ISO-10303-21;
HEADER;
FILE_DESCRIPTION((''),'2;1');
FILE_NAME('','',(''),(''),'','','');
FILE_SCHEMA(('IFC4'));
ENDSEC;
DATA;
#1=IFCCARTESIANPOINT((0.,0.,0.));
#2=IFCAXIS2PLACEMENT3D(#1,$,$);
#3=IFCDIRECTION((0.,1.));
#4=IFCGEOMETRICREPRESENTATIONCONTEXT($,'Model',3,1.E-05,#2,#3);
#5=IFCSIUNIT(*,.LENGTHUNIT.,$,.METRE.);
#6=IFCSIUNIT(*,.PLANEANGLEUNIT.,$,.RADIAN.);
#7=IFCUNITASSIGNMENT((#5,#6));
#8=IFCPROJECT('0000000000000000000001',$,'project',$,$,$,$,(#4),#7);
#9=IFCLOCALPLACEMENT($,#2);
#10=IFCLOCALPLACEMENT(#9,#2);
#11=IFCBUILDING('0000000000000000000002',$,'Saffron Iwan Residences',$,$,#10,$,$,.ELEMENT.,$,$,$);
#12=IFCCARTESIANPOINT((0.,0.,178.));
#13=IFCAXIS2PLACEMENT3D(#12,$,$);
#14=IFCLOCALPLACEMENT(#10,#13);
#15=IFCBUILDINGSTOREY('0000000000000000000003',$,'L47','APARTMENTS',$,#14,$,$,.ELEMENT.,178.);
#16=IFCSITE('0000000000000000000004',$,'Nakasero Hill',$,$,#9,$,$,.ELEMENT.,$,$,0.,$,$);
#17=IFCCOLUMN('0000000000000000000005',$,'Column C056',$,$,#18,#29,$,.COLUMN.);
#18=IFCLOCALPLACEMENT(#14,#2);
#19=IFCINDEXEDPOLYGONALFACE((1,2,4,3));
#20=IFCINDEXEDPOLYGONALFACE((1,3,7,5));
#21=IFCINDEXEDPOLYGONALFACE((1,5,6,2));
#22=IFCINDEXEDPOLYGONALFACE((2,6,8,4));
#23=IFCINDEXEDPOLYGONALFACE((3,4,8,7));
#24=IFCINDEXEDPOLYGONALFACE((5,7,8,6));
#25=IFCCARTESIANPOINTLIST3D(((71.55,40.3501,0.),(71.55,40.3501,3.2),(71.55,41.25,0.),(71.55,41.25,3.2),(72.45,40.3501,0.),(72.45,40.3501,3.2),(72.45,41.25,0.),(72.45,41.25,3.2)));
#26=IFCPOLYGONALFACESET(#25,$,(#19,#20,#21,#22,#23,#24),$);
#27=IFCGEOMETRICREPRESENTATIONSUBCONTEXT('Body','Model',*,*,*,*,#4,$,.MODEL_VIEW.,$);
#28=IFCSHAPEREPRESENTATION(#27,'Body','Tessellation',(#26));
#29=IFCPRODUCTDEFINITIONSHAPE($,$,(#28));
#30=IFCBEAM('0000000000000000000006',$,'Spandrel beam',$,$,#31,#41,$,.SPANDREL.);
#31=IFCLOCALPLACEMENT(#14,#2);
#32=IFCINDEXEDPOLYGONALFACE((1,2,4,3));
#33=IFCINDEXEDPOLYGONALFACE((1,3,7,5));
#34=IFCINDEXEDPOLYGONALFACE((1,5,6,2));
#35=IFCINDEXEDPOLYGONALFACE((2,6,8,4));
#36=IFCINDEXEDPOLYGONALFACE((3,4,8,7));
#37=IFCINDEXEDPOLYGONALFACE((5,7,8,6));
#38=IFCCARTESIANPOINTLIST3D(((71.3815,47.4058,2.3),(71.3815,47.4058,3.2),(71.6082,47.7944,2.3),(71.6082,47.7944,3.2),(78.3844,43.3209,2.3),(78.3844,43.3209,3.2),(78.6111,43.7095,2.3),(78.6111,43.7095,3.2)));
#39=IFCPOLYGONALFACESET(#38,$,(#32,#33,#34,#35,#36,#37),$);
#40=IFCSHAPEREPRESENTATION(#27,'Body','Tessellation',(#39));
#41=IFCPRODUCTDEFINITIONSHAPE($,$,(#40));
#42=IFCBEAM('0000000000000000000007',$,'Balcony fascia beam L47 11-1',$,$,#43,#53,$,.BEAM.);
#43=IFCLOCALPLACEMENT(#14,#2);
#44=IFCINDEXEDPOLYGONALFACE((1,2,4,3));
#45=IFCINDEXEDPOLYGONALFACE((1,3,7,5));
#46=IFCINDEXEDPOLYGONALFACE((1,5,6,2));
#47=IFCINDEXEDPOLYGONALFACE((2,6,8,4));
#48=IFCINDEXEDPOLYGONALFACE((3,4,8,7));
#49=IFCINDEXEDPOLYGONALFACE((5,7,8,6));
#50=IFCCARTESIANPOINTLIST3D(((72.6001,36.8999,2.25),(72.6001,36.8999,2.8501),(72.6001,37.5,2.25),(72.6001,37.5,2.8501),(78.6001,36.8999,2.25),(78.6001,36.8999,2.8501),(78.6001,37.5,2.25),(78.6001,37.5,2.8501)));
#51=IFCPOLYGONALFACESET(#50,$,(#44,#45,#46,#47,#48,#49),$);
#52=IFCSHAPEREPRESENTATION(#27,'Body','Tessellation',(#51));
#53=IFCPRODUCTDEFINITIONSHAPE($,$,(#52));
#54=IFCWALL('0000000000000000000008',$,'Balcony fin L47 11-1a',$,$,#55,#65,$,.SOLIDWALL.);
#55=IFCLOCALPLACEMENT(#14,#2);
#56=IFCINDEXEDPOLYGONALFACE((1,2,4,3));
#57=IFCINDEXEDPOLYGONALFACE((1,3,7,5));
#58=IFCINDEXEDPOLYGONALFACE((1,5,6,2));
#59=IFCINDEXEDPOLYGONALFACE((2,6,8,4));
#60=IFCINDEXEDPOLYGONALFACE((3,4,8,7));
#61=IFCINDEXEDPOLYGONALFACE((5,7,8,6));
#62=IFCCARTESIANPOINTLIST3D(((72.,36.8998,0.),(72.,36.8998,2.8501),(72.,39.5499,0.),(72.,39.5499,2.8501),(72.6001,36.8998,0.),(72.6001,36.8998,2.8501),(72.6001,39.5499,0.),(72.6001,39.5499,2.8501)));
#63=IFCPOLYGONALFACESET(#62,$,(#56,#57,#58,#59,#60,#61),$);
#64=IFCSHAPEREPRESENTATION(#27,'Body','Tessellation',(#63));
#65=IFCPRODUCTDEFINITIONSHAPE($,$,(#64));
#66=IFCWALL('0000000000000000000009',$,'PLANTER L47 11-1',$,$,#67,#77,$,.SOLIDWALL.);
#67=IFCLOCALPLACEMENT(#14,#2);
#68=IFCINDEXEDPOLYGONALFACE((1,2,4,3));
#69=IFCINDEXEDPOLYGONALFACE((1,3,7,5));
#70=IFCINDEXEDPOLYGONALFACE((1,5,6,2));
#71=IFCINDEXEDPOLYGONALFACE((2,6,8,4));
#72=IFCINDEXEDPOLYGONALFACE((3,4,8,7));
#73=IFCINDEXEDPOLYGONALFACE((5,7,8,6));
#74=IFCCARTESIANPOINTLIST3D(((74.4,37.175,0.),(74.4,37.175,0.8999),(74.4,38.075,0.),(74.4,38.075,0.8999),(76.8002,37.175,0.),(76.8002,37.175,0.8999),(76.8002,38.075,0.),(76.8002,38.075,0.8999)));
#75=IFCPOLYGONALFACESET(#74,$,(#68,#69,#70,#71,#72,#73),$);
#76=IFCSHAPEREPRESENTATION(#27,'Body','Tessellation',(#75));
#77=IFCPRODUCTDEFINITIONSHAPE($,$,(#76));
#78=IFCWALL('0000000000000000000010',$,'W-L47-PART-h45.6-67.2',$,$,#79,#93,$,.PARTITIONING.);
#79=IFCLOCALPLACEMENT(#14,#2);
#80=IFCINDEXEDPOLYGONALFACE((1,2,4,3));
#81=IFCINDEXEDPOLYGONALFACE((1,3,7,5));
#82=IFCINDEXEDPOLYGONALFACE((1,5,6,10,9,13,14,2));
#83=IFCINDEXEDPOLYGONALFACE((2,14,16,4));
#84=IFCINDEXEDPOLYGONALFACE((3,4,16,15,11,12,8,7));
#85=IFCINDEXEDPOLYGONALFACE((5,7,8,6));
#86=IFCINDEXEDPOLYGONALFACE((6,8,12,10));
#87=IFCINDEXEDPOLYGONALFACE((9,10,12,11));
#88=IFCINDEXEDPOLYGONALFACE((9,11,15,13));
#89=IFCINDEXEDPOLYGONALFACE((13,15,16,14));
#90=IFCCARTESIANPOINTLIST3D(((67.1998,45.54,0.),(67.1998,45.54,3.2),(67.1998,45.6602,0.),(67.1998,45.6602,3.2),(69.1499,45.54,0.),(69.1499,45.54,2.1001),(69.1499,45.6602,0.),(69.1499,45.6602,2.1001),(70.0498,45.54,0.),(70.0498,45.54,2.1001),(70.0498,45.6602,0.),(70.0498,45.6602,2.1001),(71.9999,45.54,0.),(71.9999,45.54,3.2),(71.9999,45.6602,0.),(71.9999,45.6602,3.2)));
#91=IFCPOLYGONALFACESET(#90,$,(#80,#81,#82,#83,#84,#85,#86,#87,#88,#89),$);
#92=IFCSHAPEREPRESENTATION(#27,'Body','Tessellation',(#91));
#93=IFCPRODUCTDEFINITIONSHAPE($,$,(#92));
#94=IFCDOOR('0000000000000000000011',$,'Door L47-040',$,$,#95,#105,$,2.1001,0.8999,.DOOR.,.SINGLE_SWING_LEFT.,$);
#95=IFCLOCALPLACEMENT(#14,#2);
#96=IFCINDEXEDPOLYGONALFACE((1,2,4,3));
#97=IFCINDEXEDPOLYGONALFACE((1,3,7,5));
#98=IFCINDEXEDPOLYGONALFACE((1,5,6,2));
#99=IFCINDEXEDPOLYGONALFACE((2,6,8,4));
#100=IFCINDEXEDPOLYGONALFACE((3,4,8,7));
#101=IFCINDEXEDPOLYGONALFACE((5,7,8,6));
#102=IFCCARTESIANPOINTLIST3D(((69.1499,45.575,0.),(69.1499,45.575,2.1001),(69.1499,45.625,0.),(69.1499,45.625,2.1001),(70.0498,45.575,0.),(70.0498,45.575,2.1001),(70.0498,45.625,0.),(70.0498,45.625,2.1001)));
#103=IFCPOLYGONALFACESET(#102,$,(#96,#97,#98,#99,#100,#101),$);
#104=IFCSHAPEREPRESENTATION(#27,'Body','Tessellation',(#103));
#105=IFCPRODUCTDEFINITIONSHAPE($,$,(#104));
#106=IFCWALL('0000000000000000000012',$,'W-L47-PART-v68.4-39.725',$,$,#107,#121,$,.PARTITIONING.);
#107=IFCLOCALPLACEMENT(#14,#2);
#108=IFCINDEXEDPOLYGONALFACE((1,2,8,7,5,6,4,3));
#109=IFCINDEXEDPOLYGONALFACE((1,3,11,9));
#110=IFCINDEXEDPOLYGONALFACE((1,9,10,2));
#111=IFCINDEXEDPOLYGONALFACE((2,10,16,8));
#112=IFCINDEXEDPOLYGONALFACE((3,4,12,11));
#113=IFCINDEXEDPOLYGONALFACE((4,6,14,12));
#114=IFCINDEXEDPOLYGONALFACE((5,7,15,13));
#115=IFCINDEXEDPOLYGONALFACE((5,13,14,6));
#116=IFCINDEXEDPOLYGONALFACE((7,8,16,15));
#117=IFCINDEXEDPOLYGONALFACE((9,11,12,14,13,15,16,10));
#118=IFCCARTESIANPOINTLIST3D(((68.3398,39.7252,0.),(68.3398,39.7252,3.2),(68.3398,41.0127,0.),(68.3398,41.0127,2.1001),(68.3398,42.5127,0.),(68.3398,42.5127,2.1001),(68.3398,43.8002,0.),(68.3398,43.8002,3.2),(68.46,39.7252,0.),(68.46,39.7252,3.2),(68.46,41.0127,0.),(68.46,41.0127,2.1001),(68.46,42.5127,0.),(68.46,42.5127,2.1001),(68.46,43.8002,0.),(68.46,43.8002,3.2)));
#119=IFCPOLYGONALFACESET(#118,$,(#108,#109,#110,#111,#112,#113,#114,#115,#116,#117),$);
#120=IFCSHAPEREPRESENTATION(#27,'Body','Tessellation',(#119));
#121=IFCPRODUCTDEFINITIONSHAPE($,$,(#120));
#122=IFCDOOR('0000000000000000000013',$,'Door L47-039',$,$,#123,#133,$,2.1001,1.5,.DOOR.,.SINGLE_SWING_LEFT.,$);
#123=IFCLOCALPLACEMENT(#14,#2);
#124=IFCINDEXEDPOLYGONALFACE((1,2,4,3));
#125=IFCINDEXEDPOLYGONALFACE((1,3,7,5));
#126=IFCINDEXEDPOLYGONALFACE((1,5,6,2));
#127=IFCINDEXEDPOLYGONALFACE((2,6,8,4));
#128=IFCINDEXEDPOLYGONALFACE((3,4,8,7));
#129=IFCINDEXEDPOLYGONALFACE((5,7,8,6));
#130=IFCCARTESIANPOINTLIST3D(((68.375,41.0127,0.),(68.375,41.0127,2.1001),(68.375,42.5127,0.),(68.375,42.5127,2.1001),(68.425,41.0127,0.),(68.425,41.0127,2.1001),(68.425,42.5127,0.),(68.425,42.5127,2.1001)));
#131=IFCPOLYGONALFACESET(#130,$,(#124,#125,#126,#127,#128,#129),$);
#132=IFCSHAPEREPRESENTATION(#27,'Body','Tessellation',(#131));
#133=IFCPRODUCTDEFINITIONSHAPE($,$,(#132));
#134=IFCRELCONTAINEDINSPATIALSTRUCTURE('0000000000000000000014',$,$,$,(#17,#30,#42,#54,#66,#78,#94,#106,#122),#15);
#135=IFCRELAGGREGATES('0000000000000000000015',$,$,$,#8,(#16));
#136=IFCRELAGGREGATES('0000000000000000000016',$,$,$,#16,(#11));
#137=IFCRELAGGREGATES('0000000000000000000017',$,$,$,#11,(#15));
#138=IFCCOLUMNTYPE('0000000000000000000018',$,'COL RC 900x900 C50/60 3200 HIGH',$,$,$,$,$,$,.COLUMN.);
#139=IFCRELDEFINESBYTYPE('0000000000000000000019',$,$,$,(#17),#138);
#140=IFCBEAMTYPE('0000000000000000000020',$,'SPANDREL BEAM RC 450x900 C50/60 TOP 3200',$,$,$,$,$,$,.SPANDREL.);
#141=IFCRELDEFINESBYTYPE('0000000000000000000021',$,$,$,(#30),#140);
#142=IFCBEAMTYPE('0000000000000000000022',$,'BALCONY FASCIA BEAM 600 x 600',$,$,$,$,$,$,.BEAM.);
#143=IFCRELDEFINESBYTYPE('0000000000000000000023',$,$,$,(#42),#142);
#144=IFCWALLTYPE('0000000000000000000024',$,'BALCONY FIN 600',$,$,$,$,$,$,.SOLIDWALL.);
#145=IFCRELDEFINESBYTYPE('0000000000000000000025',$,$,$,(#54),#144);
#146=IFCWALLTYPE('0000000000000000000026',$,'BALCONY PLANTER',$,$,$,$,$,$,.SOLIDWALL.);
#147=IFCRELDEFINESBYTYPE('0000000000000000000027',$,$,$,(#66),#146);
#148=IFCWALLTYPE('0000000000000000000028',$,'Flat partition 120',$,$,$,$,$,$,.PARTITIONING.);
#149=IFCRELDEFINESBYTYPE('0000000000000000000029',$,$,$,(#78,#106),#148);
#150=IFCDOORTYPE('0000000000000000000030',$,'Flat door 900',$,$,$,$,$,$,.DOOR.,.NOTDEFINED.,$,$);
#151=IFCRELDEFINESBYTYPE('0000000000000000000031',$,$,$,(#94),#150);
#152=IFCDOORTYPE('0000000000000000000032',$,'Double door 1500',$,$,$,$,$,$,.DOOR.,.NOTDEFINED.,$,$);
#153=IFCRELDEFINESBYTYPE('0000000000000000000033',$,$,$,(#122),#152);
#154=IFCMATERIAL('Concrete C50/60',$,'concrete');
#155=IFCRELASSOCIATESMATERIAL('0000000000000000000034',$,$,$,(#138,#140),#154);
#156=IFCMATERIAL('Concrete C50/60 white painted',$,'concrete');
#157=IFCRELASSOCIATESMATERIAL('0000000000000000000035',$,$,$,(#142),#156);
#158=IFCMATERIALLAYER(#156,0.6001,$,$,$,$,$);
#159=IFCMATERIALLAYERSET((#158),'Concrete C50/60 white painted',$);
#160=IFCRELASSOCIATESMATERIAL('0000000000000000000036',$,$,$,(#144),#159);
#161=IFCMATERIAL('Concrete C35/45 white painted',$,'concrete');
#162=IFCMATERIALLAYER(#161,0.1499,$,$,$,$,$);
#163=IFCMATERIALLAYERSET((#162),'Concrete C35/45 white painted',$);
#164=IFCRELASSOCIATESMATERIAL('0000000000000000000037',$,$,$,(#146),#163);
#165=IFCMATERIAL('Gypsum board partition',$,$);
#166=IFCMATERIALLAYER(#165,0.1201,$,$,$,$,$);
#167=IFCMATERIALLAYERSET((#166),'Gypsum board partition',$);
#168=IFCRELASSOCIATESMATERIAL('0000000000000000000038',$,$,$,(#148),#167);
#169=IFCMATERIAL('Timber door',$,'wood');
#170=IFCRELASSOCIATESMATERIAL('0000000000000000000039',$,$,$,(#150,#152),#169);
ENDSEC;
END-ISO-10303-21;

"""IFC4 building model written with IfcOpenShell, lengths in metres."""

from ifc_helpers import new_model, si_unit, direction, frame, frame_2d, origin, origin_2d, place, context, subcontext, project, spatial, rectangle, extrude, source, transform, mapped, material, layer, layer_set, material_profile, profile_set, type_object, element, fill, save


model = new_model("IFC4")

# Units and contexts
model_context = context("Model", 3, precision=1e-05, world=origin(), true_north=direction((0.0, 1.0)))
body_context = subcontext(model_context, "Body", "Model", "MODEL_VIEW")
ifc_project = project(units=[si_unit("LENGTHUNIT", "METRE"), si_unit("PLANEANGLEUNIT", "RADIAN")], contexts=[model_context])

# Site, building, storey
site_placement = place(None, origin())
site = spatial("IfcSite", under=ifc_project, at=site_placement, Name="Nakasero Hill", CompositionType="ELEMENT", RefElevation=0.0)
building_placement = place(site_placement, origin())
building = spatial("IfcBuilding", under=site, at=building_placement, Name="Saffron Iwan Residences", CompositionType="ELEMENT")
storey_placement = place(building_placement, frame((0.0, 0.0, 178.0)))
storey = spatial("IfcBuildingStorey", under=building, at=storey_placement, Name="L47", Description="APARTMENTS", CompositionType="ELEMENT", Elevation=178.0)

# Column
ifc_material_1 = material(Name="Concrete C50/60", Category="concrete")
ifc_material_profile_1 = material_profile(ifc_material_1, rectangle(XDim=0.8999, YDim=0.8999, at=origin_2d()), Name="RC 900x900")
ifc_profile_set_1 = profile_set([ifc_material_profile_1], Name="Concrete C50/60")
column_type = type_object("IfcColumnType", Name="COL RC 900x900 C50/60 3200 HIGH", PredefinedType="COLUMN", material=ifc_profile_set_1)
shared_shape_1 = source(origin(), body_context, "Body", "SweptSolid", [
    extrude(rectangle(XDim=0.8999, YDim=0.8999, at=origin_2d()), origin(), (0.0, 0.0, 1.0), 3.2),
])
column_placement = place(storey_placement, frame((72.0, 40.8, 0.0), z_axis=(0.0, 0.0, 1.0), x_axis=(1.0, 0.0, 0.0)))
element("IfcColumn", 1, at=column_placement, inside=storey, type_object=column_type, Name="Column C056", PredefinedType="COLUMN", context=body_context, shape_type="MappedRepresentation", body=[
    mapped(shared_shape_1, transform((0.0, 0.0, 0.0))),
])

# Beams
ifc_material_profile_2 = material_profile(ifc_material_1, rectangle(XDim=0.45, YDim=0.8999, at=origin_2d()), Name="RC 450x900")
ifc_profile_set_2 = profile_set([ifc_material_profile_2], Name="Concrete C50/60")
beam_type_1 = type_object("IfcBeamType", Name="SPANDREL BEAM RC 450x900 C50/60 TOP 3200", PredefinedType="SPANDREL", material=ifc_profile_set_2)
shared_shape_2 = source(origin(), body_context, "Body", "SweptSolid", [
    extrude(rectangle(XDim=0.45, YDim=0.8999, at=origin_2d()), origin(), (0.0, 0.0, 1.0), 8.1072),
])
beam_1_placement = place(storey_placement, frame((71.4949, 47.6001, 2.75), z_axis=(0.863783, -0.503864, 0.0), x_axis=(0.503864, 0.863783, 0.0)))
element("IfcBeam", 2, at=beam_1_placement, inside=storey, type_object=beam_type_1, Name="Spandrel beam", PredefinedType="SPANDREL", context=body_context, shape_type="MappedRepresentation", body=[
    mapped(shared_shape_2, transform((0.0, 0.0, 0.0))),
])
ifc_material_2 = material(Name="Concrete C50/60 white painted", Category="concrete")
ifc_material_profile_3 = material_profile(ifc_material_2, rectangle(XDim=0.6001, YDim=0.6001, at=origin_2d()), Name="BALCONY FASCIA BEAM 600 x 600")
ifc_profile_set_3 = profile_set([ifc_material_profile_3], Name="Concrete C50/60 white painted")
beam_type_2 = type_object("IfcBeamType", Name="BALCONY FASCIA BEAM 600 x 600", PredefinedType="BEAM", material=ifc_profile_set_3)
shared_shape_3 = source(origin(), body_context, "Body", "SweptSolid", [
    extrude(rectangle(XDim=0.6001, YDim=0.6001, at=origin_2d()), origin(), (0.0, 0.0, 1.0), 6.0),
])
beam_2_placement = place(storey_placement, frame((72.6001, 37.2, 2.55), z_axis=(1.0, 0.0, 0.0), x_axis=(0.0, 1.0, 0.0)))
element("IfcBeam", 3, at=beam_2_placement, inside=storey, type_object=beam_type_2, Name="Balcony fascia beam L47 11-1", PredefinedType="BEAM", context=body_context, shape_type="MappedRepresentation", body=[
    mapped(shared_shape_3, transform((0.0, 0.0, 0.0))),
])

# Walls
ifc_layer_1 = layer(ifc_material_2, 0.6001)
ifc_layer_set_1 = layer_set([ifc_layer_1], Name="Concrete C50/60 white painted")
wall_type_1 = type_object("IfcWallType", Name="BALCONY FIN 600", PredefinedType="SOLIDWALL", material=ifc_layer_set_1)
wall_1_placement = place(storey_placement, frame((72.3, 39.55, 0.0), z_axis=(0.0, 0.0, 1.0), x_axis=(0.0, -1.0, 0.0)))
element("IfcWall", 4, at=wall_1_placement, inside=storey, type_object=wall_type_1, Name="Balcony fin L47 11-1a", PredefinedType="SOLIDWALL", context=body_context, shape_type="SweptSolid", body=[
    extrude(rectangle(XDim=2.6501, YDim=0.6001, at=frame_2d((1.3252, 0.0))), origin(), (0.0, 0.0, 1.0), 2.8501),
])
ifc_material_3 = material(Name="Concrete C35/45 white painted", Category="concrete")
ifc_layer_2 = layer(ifc_material_3, 0.1499)
ifc_layer_set_2 = layer_set([ifc_layer_2], Name="Concrete C35/45 white painted")
wall_type_2 = type_object("IfcWallType", Name="BALCONY PLANTER", PredefinedType="SOLIDWALL", material=ifc_layer_set_2)
wall_2_placement = place(storey_placement, frame((74.3999, 37.625, 0.0), z_axis=(0.0, 0.0, 1.0), x_axis=(1.0, 0.0, 0.0)))
element("IfcWall", 5, at=wall_2_placement, inside=storey, type_object=wall_type_2, Name="PLANTER L47 11-1", PredefinedType="SOLIDWALL", context=body_context, shape_type="SweptSolid", body=[
    extrude(rectangle(XDim=2.4001, YDim=0.8999, at=frame_2d((1.2002, 0.0))), origin(), (0.0, 0.0, 1.0), 0.8999),
])

# Walls, openings, doors
ifc_material_4 = material(Name="Gypsum board partition")
ifc_layer_3 = layer(ifc_material_4, 0.1201)
ifc_layer_set_3 = layer_set([ifc_layer_3], Name="Gypsum board partition")
wall_type_3 = type_object("IfcWallType", Name="Flat partition 120", PredefinedType="PARTITIONING", material=ifc_layer_set_3)
wall_3_placement = place(storey_placement, frame((67.2, 45.6001, 0.0), z_axis=(0.0, 0.0, 1.0), x_axis=(1.0, 0.0, 0.0)))
wall_3 = element("IfcWall", 6, at=wall_3_placement, inside=storey, type_object=wall_type_3, Name="W-L47-PART-h45.6-67.2", PredefinedType="PARTITIONING", context=body_context, shape_type="SweptSolid", body=[
    extrude(rectangle(XDim=4.8, YDim=0.1201, at=frame_2d((2.3999, 0.0))), origin(), (0.0, 0.0, 1.0), 3.2),
])
opening_1_placement = place(wall_3_placement, frame((1.95, 0.0, 0.0)))
opening_1 = element("IfcOpeningElement", 7, at=opening_1_placement, cuts=wall_3, PredefinedType="OPENING", context=body_context, shape_type="SweptSolid", body=[
    extrude(rectangle(XDim=0.8999, YDim=2.1001, at=frame_2d((0.45, 1.05))), frame((0.0, 0.0701, 0.0), z_axis=(0.0, -1.0, 0.0), x_axis=(1.0, 0.0, 0.0)), (0.0, 0.0, 1.0), 0.1401),
])
ifc_material_5 = material(Name="Timber door", Category="wood")
door_type_1 = type_object("IfcDoorType", Name="Flat door 900", OperationType="NOTDEFINED", PredefinedType="DOOR", material=ifc_material_5)
door_1_placement = place(opening_1_placement, origin())
door_1 = element("IfcDoor", 8, at=door_1_placement, inside=storey, type_object=door_type_1, Name="Door L47-040", OperationType="SINGLE_SWING_LEFT", OverallHeight=2.1001, OverallWidth=0.8999, PredefinedType="DOOR", context=body_context, shape_type="SweptSolid", body=[
    extrude(rectangle(XDim=0.8999, YDim=2.1001, at=frame_2d((0.45, 1.05))), frame((0.0, 0.0249, 0.0), z_axis=(0.0, -1.0, 0.0), x_axis=(1.0, 0.0, 0.0)), (0.0, 0.0, 1.0), 0.05),
])
fill(opening_1, door_1)
wall_4_placement = place(storey_placement, frame((68.3999, 39.7251, 0.0), z_axis=(0.0, 0.0, 1.0), x_axis=(0.0, 1.0, 0.0)))
wall_4 = element("IfcWall", 9, at=wall_4_placement, inside=storey, type_object=wall_type_3, Name="W-L47-PART-v68.4-39.725", PredefinedType="PARTITIONING", context=body_context, shape_type="SweptSolid", body=[
    extrude(rectangle(XDim=4.075, YDim=0.1201, at=frame_2d((2.0376, 0.0))), origin(), (0.0, 0.0, 1.0), 3.2),
])
opening_2_placement = place(wall_4_placement, frame((1.2876, 0.0, 0.0)))
opening_2 = element("IfcOpeningElement", 10, at=opening_2_placement, cuts=wall_4, PredefinedType="OPENING", context=body_context, shape_type="SweptSolid", body=[
    extrude(rectangle(XDim=1.5, YDim=2.1001, at=frame_2d((0.75, 1.05))), frame((0.0, 0.0701, 0.0), z_axis=(0.0, -1.0, 0.0), x_axis=(1.0, 0.0, 0.0)), (0.0, 0.0, 1.0), 0.1401),
])
door_type_2 = type_object("IfcDoorType", Name="Double door 1500", OperationType="NOTDEFINED", PredefinedType="DOOR", material=ifc_material_5)
door_2_placement = place(opening_2_placement, origin())
door_2 = element("IfcDoor", 11, at=door_2_placement, inside=storey, type_object=door_type_2, Name="Door L47-039", OperationType="SINGLE_SWING_LEFT", OverallHeight=2.1001, OverallWidth=1.5, PredefinedType="DOOR", context=body_context, shape_type="SweptSolid", body=[
    extrude(rectangle(XDim=1.5, YDim=2.1001, at=frame_2d((0.75, 1.05))), frame((0.0, 0.0249, 0.0), z_axis=(0.0, -1.0, 0.0), x_axis=(1.0, 0.0, 0.0)), (0.0, 0.0, 1.0), 0.05),
])
fill(opening_2, door_2)

save(model, "model.ifc")
